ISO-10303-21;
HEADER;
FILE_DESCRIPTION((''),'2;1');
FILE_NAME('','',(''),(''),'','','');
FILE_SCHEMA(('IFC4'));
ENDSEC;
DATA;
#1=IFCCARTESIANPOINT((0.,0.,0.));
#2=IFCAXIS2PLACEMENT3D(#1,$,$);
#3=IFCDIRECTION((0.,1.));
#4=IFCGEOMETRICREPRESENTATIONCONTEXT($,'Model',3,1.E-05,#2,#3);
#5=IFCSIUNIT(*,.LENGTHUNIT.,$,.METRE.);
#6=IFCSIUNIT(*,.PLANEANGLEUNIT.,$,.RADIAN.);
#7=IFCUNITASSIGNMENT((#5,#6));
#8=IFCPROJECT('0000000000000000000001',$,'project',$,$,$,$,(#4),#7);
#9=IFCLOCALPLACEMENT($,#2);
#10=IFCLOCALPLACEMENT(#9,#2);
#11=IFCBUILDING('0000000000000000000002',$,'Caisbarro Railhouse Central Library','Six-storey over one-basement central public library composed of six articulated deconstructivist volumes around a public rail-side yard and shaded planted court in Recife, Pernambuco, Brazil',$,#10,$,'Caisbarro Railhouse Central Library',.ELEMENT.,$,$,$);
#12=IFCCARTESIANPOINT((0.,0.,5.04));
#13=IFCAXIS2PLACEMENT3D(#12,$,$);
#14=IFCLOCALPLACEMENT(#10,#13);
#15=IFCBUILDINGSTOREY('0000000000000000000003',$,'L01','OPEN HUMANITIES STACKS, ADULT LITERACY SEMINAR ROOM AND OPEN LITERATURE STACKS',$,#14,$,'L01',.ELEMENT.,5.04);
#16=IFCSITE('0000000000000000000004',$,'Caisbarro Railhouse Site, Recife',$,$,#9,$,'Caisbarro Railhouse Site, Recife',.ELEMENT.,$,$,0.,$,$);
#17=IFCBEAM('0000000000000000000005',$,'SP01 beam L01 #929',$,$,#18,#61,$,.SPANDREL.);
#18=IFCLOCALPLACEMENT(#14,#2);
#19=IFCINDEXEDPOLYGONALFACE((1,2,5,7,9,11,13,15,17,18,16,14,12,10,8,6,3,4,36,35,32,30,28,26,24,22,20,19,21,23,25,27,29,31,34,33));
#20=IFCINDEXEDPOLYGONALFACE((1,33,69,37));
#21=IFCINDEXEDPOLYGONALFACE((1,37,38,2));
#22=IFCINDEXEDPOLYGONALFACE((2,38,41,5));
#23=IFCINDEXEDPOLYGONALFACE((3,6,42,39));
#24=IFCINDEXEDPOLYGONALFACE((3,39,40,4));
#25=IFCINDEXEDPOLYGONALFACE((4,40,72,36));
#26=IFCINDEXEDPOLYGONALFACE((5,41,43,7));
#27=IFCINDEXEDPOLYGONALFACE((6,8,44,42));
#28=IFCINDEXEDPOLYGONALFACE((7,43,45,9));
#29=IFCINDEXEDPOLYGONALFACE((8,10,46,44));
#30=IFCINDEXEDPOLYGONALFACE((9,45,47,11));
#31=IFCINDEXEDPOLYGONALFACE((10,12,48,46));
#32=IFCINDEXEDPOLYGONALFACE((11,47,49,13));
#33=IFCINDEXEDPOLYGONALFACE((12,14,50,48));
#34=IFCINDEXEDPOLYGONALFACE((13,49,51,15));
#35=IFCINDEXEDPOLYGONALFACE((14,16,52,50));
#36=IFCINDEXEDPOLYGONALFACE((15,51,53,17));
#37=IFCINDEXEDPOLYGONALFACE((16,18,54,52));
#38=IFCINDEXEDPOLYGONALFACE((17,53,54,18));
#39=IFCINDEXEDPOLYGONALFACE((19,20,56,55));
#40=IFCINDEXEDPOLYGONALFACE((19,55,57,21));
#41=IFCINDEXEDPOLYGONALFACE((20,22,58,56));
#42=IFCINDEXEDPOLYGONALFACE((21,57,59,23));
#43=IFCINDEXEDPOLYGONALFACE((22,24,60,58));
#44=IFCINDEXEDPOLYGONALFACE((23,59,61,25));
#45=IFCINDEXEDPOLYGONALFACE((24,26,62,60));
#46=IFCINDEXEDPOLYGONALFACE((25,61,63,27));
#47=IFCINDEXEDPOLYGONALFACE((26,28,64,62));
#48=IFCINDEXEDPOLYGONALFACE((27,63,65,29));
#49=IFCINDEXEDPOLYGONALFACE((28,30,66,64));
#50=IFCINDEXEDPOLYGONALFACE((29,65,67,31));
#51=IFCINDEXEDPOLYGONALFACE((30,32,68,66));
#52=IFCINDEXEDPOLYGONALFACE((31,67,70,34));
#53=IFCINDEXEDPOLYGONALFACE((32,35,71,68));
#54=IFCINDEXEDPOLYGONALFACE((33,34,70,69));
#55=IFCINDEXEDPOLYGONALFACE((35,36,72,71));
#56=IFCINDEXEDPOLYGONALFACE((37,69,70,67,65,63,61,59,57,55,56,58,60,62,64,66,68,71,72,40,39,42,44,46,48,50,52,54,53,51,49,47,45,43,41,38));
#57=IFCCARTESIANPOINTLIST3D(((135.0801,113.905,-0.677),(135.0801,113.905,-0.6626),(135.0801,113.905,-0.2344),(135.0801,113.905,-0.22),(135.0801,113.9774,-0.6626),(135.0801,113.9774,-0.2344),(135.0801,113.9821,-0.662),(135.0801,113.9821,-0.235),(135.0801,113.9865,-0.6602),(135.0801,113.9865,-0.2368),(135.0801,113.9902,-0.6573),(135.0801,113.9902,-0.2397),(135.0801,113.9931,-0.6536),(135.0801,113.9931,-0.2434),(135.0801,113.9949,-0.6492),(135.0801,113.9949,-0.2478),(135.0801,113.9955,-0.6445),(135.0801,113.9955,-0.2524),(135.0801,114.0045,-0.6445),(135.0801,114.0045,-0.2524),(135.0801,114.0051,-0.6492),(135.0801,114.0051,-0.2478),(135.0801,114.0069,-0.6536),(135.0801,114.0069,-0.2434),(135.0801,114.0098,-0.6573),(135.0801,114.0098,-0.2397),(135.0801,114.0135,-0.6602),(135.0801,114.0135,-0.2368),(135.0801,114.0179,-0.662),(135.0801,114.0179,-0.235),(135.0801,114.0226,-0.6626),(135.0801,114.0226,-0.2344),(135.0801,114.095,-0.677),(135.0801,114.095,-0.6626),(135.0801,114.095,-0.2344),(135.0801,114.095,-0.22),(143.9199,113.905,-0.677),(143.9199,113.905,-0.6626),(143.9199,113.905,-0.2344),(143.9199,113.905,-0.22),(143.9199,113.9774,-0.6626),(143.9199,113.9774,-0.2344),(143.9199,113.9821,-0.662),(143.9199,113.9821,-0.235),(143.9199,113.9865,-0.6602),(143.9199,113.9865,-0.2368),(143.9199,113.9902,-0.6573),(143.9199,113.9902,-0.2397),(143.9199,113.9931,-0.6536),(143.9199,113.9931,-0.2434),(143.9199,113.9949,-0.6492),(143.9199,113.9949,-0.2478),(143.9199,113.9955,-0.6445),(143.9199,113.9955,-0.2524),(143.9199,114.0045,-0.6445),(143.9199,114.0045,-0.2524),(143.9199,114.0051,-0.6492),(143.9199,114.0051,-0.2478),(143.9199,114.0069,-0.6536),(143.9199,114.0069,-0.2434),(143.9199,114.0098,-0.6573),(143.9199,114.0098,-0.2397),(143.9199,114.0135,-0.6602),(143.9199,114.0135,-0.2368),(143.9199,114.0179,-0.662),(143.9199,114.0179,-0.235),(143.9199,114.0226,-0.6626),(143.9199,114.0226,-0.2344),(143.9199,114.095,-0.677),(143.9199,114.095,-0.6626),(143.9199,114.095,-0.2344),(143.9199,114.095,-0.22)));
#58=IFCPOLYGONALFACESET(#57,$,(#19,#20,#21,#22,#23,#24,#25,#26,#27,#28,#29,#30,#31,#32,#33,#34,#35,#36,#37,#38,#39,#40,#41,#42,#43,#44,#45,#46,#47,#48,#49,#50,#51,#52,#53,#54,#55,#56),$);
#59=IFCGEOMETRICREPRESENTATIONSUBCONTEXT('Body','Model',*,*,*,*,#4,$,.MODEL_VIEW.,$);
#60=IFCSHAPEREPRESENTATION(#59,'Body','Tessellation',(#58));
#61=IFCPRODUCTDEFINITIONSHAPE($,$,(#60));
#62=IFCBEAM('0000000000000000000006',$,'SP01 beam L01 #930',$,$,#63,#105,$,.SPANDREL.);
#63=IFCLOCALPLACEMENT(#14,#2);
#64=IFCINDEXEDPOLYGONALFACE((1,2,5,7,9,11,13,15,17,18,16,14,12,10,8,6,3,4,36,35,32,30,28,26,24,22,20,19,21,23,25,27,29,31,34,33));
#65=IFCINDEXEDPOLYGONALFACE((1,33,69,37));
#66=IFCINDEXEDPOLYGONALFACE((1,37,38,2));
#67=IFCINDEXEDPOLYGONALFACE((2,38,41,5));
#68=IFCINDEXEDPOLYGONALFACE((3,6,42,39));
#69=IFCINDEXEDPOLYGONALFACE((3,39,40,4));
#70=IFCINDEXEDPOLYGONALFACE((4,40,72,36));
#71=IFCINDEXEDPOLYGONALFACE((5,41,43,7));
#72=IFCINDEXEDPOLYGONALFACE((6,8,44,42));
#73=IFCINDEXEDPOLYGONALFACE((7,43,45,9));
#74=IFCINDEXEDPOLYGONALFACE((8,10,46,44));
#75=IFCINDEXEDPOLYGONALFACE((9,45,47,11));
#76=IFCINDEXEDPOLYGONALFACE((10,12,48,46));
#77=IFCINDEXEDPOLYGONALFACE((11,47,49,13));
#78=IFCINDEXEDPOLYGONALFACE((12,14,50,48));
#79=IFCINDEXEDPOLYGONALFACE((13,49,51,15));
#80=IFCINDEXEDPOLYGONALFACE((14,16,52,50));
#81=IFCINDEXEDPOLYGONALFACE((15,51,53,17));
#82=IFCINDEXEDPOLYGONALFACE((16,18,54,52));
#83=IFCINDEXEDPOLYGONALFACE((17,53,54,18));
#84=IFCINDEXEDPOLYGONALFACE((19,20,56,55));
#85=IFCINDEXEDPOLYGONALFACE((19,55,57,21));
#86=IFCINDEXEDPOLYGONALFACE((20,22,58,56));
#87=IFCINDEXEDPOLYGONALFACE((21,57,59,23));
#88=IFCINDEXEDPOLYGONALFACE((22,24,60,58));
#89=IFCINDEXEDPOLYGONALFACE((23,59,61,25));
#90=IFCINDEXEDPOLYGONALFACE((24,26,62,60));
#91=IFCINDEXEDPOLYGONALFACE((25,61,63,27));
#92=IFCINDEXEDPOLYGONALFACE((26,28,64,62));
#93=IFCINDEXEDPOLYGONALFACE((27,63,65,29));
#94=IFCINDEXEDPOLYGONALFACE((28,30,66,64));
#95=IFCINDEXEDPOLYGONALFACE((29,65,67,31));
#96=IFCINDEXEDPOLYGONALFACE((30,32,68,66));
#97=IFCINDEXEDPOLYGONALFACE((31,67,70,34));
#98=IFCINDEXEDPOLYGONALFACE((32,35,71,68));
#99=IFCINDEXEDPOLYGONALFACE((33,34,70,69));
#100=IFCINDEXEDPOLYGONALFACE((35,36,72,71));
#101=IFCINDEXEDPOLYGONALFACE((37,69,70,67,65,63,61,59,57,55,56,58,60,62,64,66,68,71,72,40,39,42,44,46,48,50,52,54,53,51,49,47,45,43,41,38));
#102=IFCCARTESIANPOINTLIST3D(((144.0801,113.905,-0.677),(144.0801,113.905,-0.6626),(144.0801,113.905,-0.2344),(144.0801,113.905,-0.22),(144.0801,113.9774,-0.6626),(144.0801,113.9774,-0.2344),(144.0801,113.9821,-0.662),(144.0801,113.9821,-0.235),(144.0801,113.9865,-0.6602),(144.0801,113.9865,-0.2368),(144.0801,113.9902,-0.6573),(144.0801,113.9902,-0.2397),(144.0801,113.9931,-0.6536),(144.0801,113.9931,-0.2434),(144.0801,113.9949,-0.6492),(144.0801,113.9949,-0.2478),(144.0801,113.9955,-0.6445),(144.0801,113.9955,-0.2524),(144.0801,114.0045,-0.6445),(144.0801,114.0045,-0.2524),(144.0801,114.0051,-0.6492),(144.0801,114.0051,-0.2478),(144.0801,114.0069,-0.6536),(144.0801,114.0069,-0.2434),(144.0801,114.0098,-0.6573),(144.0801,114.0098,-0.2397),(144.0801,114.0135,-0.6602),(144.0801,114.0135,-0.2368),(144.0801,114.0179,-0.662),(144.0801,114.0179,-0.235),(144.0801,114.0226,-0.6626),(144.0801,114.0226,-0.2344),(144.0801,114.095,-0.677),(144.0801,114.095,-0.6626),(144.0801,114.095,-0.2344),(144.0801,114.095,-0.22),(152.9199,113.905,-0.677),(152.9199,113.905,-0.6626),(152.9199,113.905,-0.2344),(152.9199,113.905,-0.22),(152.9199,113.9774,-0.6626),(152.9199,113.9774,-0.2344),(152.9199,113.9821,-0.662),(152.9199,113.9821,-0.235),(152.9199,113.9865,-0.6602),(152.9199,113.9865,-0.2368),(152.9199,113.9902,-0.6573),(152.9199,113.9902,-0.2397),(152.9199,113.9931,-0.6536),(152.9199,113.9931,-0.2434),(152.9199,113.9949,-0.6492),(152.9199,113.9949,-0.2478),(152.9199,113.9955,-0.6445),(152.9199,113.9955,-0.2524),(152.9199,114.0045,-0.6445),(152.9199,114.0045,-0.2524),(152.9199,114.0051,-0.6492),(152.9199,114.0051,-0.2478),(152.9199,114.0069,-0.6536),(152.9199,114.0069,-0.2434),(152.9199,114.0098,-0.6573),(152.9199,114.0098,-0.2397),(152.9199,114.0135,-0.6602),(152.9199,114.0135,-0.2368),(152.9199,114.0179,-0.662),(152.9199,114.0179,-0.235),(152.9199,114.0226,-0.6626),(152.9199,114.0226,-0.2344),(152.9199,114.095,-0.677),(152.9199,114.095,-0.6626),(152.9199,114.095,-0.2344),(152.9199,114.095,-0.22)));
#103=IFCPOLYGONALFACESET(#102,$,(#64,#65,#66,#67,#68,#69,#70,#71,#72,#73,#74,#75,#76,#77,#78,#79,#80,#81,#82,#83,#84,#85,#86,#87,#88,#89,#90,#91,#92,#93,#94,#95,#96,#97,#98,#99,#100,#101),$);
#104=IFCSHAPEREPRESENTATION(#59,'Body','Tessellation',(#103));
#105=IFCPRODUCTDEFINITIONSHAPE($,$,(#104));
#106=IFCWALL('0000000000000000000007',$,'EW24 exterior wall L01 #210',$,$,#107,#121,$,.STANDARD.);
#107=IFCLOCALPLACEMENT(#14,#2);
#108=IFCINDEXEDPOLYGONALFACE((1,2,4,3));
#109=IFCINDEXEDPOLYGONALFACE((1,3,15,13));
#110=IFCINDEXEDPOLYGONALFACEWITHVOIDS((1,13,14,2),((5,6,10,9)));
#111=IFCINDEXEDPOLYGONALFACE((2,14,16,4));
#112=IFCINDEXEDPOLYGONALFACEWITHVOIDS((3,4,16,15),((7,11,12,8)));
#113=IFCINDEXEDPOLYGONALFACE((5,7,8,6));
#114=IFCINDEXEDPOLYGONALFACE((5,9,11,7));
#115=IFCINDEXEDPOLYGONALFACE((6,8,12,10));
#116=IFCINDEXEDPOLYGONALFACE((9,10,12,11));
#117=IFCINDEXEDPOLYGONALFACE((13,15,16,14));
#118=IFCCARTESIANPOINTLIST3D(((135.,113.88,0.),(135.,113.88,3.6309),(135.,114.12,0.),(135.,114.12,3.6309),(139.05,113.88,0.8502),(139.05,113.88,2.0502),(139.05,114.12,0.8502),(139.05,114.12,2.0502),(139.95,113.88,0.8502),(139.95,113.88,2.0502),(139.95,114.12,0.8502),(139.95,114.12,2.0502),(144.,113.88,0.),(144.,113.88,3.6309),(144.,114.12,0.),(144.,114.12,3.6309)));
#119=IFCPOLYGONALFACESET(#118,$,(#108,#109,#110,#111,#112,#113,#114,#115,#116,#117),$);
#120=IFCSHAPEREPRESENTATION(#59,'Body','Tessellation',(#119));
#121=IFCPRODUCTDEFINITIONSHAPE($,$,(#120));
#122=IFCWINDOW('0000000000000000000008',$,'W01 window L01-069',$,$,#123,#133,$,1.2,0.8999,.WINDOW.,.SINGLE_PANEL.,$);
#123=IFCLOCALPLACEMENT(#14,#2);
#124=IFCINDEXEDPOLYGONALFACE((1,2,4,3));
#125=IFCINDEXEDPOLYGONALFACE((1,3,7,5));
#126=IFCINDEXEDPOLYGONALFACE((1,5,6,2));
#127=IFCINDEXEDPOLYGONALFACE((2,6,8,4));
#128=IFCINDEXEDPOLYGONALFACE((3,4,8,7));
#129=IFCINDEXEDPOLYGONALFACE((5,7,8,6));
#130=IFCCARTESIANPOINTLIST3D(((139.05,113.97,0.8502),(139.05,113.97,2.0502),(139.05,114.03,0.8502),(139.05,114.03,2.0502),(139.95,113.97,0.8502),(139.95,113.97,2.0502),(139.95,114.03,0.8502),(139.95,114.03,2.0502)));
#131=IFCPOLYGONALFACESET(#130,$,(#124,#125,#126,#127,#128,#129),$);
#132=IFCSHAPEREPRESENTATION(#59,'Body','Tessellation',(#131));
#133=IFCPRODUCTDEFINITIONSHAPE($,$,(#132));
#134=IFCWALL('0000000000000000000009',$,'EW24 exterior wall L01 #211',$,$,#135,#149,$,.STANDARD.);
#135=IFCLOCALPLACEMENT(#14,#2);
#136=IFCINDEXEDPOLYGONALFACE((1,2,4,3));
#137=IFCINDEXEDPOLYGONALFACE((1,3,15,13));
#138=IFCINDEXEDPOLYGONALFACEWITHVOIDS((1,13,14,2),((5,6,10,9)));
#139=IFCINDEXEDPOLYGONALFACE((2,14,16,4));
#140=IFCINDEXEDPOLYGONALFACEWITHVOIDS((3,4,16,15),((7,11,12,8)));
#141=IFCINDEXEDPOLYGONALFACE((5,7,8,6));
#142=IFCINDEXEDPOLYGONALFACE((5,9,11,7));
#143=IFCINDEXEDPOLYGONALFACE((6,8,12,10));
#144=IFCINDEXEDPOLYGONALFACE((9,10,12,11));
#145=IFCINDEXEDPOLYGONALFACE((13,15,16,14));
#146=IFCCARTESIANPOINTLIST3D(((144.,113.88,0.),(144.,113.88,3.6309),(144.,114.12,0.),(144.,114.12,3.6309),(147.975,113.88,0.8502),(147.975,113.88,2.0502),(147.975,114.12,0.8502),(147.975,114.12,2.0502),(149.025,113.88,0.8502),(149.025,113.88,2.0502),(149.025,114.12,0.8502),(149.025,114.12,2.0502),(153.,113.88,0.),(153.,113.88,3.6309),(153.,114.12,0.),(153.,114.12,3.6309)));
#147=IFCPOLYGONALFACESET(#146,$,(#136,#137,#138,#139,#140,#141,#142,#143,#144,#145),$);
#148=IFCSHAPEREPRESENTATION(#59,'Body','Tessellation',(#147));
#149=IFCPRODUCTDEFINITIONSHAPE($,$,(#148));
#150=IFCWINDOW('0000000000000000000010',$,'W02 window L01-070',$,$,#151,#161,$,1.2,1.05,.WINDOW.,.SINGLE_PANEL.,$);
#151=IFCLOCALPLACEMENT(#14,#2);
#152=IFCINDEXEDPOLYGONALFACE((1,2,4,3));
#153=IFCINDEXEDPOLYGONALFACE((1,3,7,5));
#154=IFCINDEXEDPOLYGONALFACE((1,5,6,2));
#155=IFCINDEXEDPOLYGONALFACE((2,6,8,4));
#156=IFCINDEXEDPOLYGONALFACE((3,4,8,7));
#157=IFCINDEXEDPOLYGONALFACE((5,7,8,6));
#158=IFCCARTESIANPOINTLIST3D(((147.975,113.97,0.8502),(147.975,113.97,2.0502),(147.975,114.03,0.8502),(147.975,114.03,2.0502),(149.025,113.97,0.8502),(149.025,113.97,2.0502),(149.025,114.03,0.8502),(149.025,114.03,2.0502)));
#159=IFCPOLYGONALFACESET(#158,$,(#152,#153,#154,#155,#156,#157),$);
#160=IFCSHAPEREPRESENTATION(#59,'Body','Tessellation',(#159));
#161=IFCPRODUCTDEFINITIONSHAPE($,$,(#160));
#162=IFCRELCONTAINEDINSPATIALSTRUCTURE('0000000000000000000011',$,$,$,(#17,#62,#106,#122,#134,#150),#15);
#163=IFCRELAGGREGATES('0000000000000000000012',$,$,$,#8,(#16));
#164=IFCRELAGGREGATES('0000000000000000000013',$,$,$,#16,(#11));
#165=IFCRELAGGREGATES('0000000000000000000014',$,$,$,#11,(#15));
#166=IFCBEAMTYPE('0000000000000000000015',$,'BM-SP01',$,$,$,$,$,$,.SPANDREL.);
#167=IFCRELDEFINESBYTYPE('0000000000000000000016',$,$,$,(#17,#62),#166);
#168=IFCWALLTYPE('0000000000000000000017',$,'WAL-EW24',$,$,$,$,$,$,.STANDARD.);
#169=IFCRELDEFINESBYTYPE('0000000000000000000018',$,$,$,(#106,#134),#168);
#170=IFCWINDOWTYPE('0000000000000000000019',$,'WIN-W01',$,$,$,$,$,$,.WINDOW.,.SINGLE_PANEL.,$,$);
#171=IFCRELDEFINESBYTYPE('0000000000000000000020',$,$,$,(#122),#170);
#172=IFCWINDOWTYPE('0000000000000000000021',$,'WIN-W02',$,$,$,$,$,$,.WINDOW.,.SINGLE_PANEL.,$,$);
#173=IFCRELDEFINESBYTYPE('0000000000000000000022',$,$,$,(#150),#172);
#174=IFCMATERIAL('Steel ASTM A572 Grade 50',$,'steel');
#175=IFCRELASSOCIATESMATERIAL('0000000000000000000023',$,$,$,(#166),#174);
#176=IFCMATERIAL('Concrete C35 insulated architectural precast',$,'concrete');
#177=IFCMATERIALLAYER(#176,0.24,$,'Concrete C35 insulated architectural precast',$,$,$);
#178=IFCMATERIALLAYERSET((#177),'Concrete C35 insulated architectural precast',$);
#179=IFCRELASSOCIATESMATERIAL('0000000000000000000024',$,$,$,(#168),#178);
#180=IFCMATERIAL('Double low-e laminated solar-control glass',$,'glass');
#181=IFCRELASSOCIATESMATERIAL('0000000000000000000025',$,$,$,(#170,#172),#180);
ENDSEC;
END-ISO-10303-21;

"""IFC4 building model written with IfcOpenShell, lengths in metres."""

from ifc_helpers import new_model, si_unit, direction, frame, frame_2d, origin, origin_2d, place, context, subcontext, project, spatial, rectangle, i_section, extrude, material, layer, layer_set, material_profile, profile_set, type_object, element, fill, save


model = new_model("IFC4")

# Units and contexts
model_context = context("Model", 3, precision=1e-05, world=origin(), true_north=direction((0.0, 1.0)))
body_context = subcontext(model_context, "Body", "Model", "MODEL_VIEW")
ifc_project = project(units=[si_unit("LENGTHUNIT", "METRE"), si_unit("PLANEANGLEUNIT", "RADIAN")], contexts=[model_context])

# Site, building, storey
site_placement = place(None, origin())
site = spatial("IfcSite", under=ifc_project, at=site_placement, Name="Caisbarro Railhouse Site, Recife", LongName="Caisbarro Railhouse Site, Recife", CompositionType="ELEMENT", RefElevation=0.0)
building_placement = place(site_placement, origin())
building = spatial("IfcBuilding", under=site, at=building_placement, Name="Caisbarro Railhouse Central Library", Description="Six-storey over one-basement central public library composed of six articulated deconstructivist volumes around a public rail-side yard and shaded planted court in Recife, Pernambuco, Brazil", LongName="Caisbarro Railhouse Central Library", CompositionType="ELEMENT")
storey_placement = place(building_placement, frame((0.0, 0.0, 5.04)))
storey = spatial("IfcBuildingStorey", under=building, at=storey_placement, Name="L01", Description="OPEN HUMANITIES STACKS, ADULT LITERACY SEMINAR ROOM AND OPEN LITERATURE STACKS", LongName="L01", CompositionType="ELEMENT", Elevation=5.04)

# Shared definitions
ifc_material_1 = material(Name="Steel ASTM A572 Grade 50", Category="steel")

# Beams
ifc_material_profile_1 = material_profile(ifc_material_1, i_section(OverallWidth=0.1899, OverallDepth=0.457, WebThickness=0.009, FlangeThickness=0.0144, FilletRadius=0.0181, at=origin_2d()), Name="W460X74.0")
ifc_profile_set_1 = profile_set([ifc_material_profile_1], Name="Steel ASTM A572 Grade 50")
beam_type_1 = type_object("IfcBeamType", Name="BM-SP01", PredefinedType="SPANDREL", material=ifc_profile_set_1)
for number, where, z_axis, x_axis, name in (
    (1, (135.0801, 114.0, -0.4485), (1.0, 0.0, 0.0), (0.0, 1.0, 0.0), "SP01 beam L01 #929"),
    (2, (144.0801, 114.0, -0.4485), (1.0, 0.0, 0.0), (0.0, 1.0, 0.0), "SP01 beam L01 #930"),
):
    element("IfcBeam", number, at=place(storey_placement, frame(where, z_axis=z_axis, x_axis=x_axis)), inside=storey, type_object=beam_type_1, Name=name, PredefinedType="SPANDREL", context=body_context, shape_type="SweptSolid", body=[
        extrude(i_section(OverallWidth=0.1899, OverallDepth=0.457, WebThickness=0.009, FlangeThickness=0.0144, FilletRadius=0.0181, at=origin_2d()), origin(), (0.0, 0.0, 1.0), 8.8398),
    ])

# Walls, openings, windows
ifc_material_2 = material(Name="Concrete C35 insulated architectural precast", Category="concrete")
ifc_layer_1 = layer(ifc_material_2, 0.24, Name="Concrete C35 insulated architectural precast")
ifc_layer_set_1 = layer_set([ifc_layer_1], Name="Concrete C35 insulated architectural precast")
wall_type_1 = type_object("IfcWallType", Name="WAL-EW24", PredefinedType="STANDARD", material=ifc_layer_set_1)
wall_1_placement = place(storey_placement, frame((135.0, 114.0, 0.0), z_axis=(0.0, 0.0, 1.0), x_axis=(1.0, 0.0, 0.0)))
wall_1 = element("IfcWall", 3, at=wall_1_placement, inside=storey, type_object=wall_type_1, Name="EW24 exterior wall L01 #210", PredefinedType="STANDARD", context=body_context, shape_type="SweptSolid", body=[
    extrude(rectangle(XDim=9.0, YDim=0.24, at=frame_2d((4.5, 0.0))), origin(), (0.0, 0.0, 1.0), 3.6309),
])
opening_1_placement = place(wall_1_placement, frame((4.05, 0.0, 0.8501)))
opening_1 = element("IfcOpeningElement", 4, at=opening_1_placement, cuts=wall_1, PredefinedType="OPENING", context=body_context, shape_type="SweptSolid", body=[
    extrude(rectangle(XDim=0.8999, YDim=1.2, at=frame_2d((0.45, 0.6001))), frame((0.0, 0.1299, 0.0), z_axis=(0.0, -1.0, 0.0), x_axis=(1.0, 0.0, 0.0)), (0.0, 0.0, 1.0), 0.26),
])
ifc_material_3 = material(Name="Double low-e laminated solar-control glass", Category="glass")
window_type_1 = type_object("IfcWindowType", Name="WIN-W01", PartitioningType="SINGLE_PANEL", PredefinedType="WINDOW", material=ifc_material_3)
window_1_placement = place(opening_1_placement, origin())
window_1 = element("IfcWindow", 5, at=window_1_placement, inside=storey, type_object=window_type_1, Name="W01 window L01-069", OverallHeight=1.2, OverallWidth=0.8999, PartitioningType="SINGLE_PANEL", PredefinedType="WINDOW", context=body_context, shape_type="SweptSolid", body=[
    extrude(rectangle(XDim=0.8999, YDim=1.2, at=frame_2d((0.45, 0.6001))), frame((0.0, 0.03, 0.0), z_axis=(0.0, -1.0, 0.0), x_axis=(1.0, 0.0, 0.0)), (0.0, 0.0, 1.0), 0.0601),
])
fill(opening_1, window_1)
wall_2_placement = place(storey_placement, frame((144.0, 114.0, 0.0), z_axis=(0.0, 0.0, 1.0), x_axis=(1.0, 0.0, 0.0)))
wall_2 = element("IfcWall", 6, at=wall_2_placement, inside=storey, type_object=wall_type_1, Name="EW24 exterior wall L01 #211", PredefinedType="STANDARD", context=body_context, shape_type="SweptSolid", body=[
    extrude(rectangle(XDim=9.0, YDim=0.24, at=frame_2d((4.5, 0.0))), origin(), (0.0, 0.0, 1.0), 3.6309),
])
opening_2_placement = place(wall_2_placement, frame((3.9751, 0.0, 0.8501)))
opening_2 = element("IfcOpeningElement", 7, at=opening_2_placement, cuts=wall_2, PredefinedType="OPENING", context=body_context, shape_type="SweptSolid", body=[
    extrude(rectangle(XDim=1.05, YDim=1.2, at=frame_2d((0.5249, 0.6001))), frame((0.0, 0.1299, 0.0), z_axis=(0.0, -1.0, 0.0), x_axis=(1.0, 0.0, 0.0)), (0.0, 0.0, 1.0), 0.26),
])
window_type_2 = type_object("IfcWindowType", Name="WIN-W02", PartitioningType="SINGLE_PANEL", PredefinedType="WINDOW", material=ifc_material_3)
window_2_placement = place(opening_2_placement, origin())
window_2 = element("IfcWindow", 8, at=window_2_placement, inside=storey, type_object=window_type_2, Name="W02 window L01-070", OverallHeight=1.2, OverallWidth=1.05, PartitioningType="SINGLE_PANEL", PredefinedType="WINDOW", context=body_context, shape_type="SweptSolid", body=[
    extrude(rectangle(XDim=1.05, YDim=1.2, at=frame_2d((0.5249, 0.6001))), frame((0.0, 0.03, 0.0), z_axis=(0.0, -1.0, 0.0), x_axis=(1.0, 0.0, 0.0)), (0.0, 0.0, 1.0), 0.0601),
])
fill(opening_2, window_2)

save(model, "model.ifc")
